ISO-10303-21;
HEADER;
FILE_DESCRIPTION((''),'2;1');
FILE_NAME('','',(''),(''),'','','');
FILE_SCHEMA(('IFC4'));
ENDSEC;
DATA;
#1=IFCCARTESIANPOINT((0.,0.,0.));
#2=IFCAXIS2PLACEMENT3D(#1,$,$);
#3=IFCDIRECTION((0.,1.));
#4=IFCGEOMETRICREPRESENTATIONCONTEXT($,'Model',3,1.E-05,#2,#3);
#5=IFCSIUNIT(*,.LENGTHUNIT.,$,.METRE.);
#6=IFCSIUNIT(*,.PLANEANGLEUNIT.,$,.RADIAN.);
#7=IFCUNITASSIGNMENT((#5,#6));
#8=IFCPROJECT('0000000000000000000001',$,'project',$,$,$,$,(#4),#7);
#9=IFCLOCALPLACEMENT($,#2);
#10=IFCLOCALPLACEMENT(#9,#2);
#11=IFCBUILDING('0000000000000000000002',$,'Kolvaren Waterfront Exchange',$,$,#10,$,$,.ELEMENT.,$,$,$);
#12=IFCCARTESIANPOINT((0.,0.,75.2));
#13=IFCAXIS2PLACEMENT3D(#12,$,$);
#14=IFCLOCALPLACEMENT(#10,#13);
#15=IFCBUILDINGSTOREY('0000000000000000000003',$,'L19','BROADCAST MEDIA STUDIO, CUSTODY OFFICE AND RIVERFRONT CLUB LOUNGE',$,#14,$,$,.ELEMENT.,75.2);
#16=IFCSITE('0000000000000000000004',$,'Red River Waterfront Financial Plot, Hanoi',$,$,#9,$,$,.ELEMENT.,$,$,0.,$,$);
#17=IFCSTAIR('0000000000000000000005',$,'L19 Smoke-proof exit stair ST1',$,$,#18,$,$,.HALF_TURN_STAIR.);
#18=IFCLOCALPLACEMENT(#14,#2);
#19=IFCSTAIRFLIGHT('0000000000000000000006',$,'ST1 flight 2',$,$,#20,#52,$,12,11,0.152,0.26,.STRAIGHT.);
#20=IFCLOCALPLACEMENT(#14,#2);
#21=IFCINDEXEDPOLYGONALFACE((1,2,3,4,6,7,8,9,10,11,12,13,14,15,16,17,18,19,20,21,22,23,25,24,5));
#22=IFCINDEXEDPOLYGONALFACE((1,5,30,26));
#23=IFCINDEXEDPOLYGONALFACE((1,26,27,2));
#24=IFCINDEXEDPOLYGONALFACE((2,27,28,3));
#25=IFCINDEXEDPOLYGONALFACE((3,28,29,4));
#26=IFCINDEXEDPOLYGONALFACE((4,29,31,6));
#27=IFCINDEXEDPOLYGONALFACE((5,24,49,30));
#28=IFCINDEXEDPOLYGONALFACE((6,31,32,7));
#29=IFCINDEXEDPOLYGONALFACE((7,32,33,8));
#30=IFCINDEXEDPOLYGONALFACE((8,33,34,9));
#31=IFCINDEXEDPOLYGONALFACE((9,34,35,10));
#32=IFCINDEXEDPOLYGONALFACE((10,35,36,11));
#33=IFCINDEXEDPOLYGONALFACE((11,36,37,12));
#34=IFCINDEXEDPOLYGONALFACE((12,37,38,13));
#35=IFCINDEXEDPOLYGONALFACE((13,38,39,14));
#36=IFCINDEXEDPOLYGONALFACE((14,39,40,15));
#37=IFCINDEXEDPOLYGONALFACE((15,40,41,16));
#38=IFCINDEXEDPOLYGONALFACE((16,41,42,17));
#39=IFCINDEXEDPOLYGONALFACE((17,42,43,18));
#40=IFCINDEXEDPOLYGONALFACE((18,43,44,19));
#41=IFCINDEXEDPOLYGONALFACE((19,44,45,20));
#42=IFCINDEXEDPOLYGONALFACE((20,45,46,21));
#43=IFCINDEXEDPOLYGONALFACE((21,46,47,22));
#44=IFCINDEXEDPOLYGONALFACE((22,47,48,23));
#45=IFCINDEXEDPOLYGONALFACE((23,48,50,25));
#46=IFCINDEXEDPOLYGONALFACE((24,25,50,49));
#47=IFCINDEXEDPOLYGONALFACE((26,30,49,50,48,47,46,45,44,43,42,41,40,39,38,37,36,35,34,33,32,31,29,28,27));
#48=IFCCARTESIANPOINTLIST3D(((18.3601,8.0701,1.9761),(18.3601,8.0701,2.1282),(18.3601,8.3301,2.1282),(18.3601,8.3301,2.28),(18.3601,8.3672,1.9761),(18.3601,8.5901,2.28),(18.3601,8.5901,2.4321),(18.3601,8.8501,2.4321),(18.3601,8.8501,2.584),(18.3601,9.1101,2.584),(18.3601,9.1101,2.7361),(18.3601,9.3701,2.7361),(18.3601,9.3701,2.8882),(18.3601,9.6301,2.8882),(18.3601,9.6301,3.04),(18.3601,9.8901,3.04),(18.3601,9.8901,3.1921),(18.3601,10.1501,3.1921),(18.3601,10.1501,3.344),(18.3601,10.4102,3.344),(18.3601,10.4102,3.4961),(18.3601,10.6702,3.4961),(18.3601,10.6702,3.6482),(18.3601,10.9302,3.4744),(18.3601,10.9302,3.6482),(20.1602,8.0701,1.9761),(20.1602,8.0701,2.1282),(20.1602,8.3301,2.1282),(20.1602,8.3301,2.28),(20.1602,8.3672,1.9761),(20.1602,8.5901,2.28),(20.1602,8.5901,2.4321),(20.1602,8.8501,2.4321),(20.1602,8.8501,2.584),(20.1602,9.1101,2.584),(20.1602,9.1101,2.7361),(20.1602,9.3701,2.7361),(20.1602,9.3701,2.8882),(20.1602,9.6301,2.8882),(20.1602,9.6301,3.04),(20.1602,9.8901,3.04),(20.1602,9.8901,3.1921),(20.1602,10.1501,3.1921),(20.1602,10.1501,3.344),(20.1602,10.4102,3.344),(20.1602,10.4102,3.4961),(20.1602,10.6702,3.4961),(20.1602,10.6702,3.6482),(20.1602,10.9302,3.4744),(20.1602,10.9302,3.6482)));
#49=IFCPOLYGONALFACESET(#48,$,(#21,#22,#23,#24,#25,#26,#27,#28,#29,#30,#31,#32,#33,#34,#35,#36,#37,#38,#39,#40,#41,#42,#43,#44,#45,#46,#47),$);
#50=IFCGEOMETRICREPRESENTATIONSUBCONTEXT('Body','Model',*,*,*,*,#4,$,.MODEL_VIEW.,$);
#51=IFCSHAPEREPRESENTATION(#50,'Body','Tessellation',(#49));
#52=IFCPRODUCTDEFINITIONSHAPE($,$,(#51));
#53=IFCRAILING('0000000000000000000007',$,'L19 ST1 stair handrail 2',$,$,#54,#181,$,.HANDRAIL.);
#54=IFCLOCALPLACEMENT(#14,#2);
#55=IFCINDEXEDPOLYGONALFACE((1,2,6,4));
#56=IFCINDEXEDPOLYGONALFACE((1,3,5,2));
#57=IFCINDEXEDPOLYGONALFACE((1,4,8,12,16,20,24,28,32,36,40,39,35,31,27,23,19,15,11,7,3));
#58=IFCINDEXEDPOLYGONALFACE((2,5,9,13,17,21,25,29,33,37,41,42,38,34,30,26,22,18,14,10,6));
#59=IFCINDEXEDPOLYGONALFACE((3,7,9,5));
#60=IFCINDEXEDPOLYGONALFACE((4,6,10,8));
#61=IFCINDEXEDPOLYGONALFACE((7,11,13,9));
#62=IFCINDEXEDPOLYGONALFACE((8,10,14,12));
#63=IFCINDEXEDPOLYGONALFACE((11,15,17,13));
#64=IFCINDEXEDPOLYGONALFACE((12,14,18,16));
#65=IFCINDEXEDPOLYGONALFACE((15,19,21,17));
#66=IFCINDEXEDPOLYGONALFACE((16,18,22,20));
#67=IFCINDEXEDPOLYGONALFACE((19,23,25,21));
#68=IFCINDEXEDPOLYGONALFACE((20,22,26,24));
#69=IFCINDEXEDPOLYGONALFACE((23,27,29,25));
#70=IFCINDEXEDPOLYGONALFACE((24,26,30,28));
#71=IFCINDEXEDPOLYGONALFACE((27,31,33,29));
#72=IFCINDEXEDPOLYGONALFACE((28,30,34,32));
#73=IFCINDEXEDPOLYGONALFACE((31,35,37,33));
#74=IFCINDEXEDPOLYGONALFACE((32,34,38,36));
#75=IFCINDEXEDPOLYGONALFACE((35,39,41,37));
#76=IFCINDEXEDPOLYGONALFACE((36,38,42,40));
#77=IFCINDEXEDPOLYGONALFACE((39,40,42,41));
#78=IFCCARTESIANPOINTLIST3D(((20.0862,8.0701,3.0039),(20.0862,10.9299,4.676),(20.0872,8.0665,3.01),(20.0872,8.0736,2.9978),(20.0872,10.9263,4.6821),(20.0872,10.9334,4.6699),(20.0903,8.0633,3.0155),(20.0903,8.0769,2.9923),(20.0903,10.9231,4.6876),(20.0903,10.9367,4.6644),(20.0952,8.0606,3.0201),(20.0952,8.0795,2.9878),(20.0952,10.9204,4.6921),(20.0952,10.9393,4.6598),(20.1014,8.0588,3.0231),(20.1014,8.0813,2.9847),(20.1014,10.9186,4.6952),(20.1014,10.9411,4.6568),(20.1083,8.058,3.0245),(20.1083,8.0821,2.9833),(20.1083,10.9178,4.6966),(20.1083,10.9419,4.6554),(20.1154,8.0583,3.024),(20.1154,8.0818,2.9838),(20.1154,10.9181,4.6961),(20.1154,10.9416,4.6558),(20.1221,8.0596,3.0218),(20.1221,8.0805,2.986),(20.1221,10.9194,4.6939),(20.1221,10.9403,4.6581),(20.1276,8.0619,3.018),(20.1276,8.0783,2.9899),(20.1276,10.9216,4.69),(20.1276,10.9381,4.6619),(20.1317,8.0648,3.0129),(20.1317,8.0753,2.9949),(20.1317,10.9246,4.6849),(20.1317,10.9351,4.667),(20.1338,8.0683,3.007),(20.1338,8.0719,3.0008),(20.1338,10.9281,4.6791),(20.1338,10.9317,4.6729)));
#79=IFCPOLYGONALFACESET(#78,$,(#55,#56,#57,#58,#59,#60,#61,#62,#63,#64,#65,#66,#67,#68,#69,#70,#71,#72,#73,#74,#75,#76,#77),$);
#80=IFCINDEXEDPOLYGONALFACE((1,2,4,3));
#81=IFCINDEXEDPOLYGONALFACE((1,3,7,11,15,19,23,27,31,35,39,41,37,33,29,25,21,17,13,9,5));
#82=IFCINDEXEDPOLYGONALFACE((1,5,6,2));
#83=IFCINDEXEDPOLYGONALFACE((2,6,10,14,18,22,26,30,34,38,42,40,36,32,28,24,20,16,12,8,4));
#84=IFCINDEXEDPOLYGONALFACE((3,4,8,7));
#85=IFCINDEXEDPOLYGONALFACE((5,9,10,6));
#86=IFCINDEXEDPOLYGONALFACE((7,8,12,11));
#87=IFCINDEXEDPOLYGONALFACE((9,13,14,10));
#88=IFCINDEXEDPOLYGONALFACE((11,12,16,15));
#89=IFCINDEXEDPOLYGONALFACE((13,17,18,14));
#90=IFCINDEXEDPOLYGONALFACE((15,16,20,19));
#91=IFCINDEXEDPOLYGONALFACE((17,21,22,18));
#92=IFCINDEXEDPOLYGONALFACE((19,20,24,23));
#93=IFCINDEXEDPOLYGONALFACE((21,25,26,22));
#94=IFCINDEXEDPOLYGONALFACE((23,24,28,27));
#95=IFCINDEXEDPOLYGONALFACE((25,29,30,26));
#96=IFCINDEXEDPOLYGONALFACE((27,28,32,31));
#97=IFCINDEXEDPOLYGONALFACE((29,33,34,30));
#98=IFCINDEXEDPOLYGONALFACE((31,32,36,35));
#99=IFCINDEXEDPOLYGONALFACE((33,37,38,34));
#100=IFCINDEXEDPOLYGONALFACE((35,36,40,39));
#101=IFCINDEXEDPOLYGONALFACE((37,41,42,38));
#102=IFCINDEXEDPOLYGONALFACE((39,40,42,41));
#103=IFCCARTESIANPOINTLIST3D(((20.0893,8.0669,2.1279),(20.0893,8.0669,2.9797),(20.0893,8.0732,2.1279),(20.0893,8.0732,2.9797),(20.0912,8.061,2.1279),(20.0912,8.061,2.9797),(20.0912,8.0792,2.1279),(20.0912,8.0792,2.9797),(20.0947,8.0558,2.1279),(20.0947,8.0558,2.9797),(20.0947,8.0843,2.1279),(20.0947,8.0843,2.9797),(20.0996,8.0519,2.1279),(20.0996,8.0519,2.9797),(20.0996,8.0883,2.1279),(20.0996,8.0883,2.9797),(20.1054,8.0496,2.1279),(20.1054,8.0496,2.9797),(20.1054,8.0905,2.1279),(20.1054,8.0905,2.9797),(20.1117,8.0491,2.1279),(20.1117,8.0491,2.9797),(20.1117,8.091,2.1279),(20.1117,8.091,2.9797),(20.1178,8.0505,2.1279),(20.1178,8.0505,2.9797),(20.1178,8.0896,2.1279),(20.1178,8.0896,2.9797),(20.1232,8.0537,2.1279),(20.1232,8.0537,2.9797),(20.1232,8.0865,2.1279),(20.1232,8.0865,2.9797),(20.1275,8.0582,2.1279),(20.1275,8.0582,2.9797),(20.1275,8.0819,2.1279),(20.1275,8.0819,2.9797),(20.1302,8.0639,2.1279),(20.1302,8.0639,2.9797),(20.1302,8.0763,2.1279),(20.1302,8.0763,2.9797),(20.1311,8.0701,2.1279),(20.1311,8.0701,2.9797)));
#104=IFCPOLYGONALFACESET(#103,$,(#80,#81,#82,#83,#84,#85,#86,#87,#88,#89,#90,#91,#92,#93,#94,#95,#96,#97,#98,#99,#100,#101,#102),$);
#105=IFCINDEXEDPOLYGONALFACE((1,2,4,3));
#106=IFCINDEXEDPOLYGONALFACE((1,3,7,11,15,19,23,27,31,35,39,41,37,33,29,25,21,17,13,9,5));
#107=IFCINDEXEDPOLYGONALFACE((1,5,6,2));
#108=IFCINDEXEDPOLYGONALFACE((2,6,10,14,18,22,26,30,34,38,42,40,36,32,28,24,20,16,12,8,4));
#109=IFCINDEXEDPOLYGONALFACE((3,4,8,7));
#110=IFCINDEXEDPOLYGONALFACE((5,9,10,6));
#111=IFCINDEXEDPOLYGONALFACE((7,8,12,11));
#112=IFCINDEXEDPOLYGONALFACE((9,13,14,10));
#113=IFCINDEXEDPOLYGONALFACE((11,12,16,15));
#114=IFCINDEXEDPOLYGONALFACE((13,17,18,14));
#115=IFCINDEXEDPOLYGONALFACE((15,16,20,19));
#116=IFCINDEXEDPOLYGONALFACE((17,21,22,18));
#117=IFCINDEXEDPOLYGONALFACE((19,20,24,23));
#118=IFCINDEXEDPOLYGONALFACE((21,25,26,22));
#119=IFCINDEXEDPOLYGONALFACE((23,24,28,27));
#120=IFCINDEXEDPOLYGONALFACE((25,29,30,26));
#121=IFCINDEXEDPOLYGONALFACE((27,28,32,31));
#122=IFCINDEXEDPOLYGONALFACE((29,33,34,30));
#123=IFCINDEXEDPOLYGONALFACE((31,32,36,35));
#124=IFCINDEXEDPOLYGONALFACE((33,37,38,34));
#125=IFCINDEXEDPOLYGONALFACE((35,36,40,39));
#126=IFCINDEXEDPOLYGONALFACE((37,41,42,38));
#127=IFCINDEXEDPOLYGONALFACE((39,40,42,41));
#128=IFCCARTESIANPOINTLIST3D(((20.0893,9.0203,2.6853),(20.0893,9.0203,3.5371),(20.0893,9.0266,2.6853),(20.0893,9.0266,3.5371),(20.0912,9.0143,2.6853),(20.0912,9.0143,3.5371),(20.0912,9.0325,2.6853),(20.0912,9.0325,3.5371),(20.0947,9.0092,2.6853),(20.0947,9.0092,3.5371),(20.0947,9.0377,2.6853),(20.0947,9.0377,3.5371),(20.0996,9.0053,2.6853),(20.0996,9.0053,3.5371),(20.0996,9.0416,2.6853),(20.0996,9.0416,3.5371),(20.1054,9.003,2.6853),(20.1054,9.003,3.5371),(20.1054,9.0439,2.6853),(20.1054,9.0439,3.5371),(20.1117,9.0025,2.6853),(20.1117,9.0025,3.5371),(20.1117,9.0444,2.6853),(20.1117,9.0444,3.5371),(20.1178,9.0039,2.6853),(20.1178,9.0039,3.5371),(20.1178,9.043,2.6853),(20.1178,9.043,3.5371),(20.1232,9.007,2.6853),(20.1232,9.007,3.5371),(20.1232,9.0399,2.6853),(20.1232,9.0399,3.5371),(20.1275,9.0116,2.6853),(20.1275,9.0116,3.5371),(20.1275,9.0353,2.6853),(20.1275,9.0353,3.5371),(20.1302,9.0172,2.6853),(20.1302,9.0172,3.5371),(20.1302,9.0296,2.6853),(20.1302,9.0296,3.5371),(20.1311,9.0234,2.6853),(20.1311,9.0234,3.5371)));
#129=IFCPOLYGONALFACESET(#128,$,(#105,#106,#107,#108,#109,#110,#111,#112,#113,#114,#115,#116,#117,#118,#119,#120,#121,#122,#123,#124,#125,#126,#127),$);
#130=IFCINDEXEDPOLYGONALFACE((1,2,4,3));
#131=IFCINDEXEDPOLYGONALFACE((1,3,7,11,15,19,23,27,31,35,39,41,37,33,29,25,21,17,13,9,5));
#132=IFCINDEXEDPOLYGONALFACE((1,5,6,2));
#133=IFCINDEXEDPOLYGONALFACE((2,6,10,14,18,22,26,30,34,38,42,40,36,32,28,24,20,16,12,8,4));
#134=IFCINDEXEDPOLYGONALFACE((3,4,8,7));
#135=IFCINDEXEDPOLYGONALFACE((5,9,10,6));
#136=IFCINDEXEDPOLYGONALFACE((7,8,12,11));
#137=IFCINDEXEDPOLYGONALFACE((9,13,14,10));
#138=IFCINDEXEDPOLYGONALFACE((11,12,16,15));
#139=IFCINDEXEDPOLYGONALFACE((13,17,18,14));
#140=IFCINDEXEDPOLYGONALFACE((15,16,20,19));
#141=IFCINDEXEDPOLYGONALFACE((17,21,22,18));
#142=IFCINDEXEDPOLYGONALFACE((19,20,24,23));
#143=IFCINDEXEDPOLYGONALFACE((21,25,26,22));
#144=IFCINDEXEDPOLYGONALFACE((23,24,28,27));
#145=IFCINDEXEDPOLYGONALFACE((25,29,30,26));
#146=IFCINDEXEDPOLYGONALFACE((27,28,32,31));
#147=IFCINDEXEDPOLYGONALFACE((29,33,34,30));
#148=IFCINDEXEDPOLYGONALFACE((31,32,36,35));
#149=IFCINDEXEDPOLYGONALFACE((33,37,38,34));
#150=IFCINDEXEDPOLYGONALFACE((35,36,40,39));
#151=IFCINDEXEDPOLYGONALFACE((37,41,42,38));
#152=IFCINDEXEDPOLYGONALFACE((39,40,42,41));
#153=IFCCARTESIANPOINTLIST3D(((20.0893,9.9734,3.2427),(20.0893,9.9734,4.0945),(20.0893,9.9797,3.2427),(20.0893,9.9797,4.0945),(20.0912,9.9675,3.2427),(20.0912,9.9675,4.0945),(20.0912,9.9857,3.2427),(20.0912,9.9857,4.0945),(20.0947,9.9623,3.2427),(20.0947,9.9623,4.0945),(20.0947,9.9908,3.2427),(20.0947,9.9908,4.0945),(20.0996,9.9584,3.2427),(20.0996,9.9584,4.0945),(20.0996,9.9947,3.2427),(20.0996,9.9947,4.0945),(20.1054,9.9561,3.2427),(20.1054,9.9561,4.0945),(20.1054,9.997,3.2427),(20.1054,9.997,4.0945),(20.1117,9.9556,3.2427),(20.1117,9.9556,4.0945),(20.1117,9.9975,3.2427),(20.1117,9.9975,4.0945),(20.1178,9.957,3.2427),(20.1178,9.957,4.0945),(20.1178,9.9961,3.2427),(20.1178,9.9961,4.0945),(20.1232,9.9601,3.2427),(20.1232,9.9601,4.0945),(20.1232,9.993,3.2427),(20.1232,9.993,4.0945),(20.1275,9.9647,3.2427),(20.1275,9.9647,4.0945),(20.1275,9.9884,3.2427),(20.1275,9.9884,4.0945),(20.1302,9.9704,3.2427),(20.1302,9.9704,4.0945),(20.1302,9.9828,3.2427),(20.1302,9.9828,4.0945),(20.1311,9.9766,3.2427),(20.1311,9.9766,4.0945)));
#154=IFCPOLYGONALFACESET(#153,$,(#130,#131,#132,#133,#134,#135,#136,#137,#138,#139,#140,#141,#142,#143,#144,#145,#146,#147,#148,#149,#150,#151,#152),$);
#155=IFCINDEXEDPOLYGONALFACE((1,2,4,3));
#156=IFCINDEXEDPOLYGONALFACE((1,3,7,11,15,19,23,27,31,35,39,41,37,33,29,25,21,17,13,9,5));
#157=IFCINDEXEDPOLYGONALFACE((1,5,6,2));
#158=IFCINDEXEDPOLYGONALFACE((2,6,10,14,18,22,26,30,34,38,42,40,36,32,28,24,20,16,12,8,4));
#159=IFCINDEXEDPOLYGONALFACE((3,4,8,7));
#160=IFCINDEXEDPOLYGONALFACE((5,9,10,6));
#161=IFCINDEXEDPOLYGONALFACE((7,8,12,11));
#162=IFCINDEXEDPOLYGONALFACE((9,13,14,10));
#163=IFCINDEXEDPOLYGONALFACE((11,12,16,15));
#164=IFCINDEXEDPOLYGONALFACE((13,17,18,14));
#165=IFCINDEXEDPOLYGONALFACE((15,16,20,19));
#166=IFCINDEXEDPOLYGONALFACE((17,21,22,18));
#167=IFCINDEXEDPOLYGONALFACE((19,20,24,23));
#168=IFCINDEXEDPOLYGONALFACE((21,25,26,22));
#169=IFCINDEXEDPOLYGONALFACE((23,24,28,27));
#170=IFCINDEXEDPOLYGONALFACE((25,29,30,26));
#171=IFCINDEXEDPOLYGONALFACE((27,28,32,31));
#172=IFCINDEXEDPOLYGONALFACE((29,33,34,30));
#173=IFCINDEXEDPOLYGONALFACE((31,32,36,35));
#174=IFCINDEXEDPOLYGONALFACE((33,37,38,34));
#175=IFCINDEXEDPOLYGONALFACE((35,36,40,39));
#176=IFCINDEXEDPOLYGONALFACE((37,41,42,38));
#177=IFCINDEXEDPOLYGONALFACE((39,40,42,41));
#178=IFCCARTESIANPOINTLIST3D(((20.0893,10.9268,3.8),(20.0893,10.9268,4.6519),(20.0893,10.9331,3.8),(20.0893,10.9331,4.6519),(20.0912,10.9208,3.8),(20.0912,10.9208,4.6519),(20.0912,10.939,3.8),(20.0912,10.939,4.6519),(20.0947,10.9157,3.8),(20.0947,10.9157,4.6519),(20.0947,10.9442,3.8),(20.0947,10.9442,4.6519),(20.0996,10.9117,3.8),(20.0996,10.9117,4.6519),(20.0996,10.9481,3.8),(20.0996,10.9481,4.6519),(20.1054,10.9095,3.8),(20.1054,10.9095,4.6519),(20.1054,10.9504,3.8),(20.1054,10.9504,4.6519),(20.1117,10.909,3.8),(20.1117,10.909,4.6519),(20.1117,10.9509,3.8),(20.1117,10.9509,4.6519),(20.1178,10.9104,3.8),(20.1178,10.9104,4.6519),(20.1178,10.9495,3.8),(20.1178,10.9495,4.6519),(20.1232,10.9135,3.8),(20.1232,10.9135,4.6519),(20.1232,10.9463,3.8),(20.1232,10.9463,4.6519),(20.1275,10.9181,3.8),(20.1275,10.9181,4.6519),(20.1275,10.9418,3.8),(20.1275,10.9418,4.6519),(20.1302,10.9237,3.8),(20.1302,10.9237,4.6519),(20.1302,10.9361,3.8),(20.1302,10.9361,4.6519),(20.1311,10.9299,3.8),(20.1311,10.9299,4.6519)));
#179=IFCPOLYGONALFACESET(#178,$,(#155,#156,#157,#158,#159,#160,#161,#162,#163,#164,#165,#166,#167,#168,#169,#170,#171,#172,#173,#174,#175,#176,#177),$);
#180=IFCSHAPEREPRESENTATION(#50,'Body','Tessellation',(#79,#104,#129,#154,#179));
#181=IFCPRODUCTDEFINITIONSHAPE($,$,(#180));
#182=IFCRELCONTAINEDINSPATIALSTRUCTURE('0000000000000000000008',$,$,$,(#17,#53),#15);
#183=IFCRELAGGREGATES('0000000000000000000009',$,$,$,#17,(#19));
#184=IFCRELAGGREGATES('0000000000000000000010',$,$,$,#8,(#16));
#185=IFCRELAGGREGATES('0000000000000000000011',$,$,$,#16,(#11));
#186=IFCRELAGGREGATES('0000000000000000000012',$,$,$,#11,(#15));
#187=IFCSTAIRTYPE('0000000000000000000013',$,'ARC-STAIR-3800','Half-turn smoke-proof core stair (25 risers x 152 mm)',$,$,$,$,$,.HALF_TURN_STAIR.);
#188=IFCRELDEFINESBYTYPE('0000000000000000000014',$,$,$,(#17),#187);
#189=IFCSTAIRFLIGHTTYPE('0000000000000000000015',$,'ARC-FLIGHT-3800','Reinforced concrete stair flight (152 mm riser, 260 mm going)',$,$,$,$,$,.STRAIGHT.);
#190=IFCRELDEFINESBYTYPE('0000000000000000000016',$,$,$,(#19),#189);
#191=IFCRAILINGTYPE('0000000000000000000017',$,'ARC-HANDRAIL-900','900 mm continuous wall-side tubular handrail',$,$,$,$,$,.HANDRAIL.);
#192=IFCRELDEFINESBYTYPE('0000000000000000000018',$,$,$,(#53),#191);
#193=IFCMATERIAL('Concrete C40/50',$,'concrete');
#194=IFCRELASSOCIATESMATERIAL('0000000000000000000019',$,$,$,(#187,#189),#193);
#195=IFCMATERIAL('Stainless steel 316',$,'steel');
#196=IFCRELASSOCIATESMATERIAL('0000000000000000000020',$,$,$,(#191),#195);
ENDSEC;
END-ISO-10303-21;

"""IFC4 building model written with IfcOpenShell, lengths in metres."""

from ifc_helpers import new_model, si_unit, direction, frame, origin, origin_2d, place, context, subcontext, project, spatial, polyline, circle, outline, extrude, material, type_object, element, aggregate, save


model = new_model("IFC4")

# Units and contexts
model_context = context("Model", 3, precision=1e-05, world=origin(), true_north=direction((0.0, 1.0)))
body_context = subcontext(model_context, "Body", "Model", "MODEL_VIEW")
ifc_project = project(units=[si_unit("LENGTHUNIT", "METRE"), si_unit("PLANEANGLEUNIT", "RADIAN")], contexts=[model_context])

# Site, building, storey
site_placement = place(None, origin())
site = spatial("IfcSite", under=ifc_project, at=site_placement, Name="Red River Waterfront Financial Plot, Hanoi", CompositionType="ELEMENT", RefElevation=0.0)
building_placement = place(site_placement, origin())
building = spatial("IfcBuilding", under=site, at=building_placement, Name="Kolvaren Waterfront Exchange", CompositionType="ELEMENT")
storey_placement = place(building_placement, frame((0.0, 0.0, 75.2)))
storey = spatial("IfcBuildingStorey", under=building, at=storey_placement, Name="L19", Description="BROADCAST MEDIA STUDIO, CUSTODY OFFICE AND RIVERFRONT CLUB LOUNGE", CompositionType="ELEMENT", Elevation=75.2)

# Shared definitions
ifc_material_1 = material(Name="Concrete C40/50", Category="concrete")

# Stair, stair flight
stair_type = type_object("IfcStairType", Name="ARC-STAIR-3800", Description="Half-turn smoke-proof core stair (25 risers x 152 mm)", PredefinedType="HALF_TURN_STAIR", material=ifc_material_1)
stair_placement = place(storey_placement, origin())
stair = element("IfcStair", 1, at=stair_placement, inside=storey, type_object=stair_type, Name="L19 Smoke-proof exit stair ST1", PredefinedType="HALF_TURN_STAIR")
stair_flight_type = type_object("IfcStairFlightType", Name="ARC-FLIGHT-3800", Description="Reinforced concrete stair flight (152 mm riser, 260 mm going)", PredefinedType="STRAIGHT", material=ifc_material_1)
stair_flight_placement = place(storey_placement, frame((19.26, 8.0701, 1.9761), z_axis=(0.0, 0.0, 1.0), x_axis=(0.0, 1.0, 0.0)))
stair_flight = element("IfcStairFlight", 2, at=stair_flight_placement, type_object=stair_flight_type, Name="ST1 flight 2", NumberOfRisers=12, NumberOfTreads=11, PredefinedType="STRAIGHT", RiserHeight=0.152, TreadLength=0.26, context=body_context, shape_type="SweptSolid", body=[
    extrude(outline(polyline([(0.0, 0.0), (0.0, 0.1521), (0.26, 0.1521), (0.26, 0.304), (0.52, 0.304), (0.52, 0.4561), (0.78, 0.4561), (0.78, 0.6079), (1.04, 0.6079), (1.04, 0.76), (1.3, 0.76), (1.3, 0.9121), (1.5601, 0.9121), (1.5601, 1.064), (1.8201, 1.064), (1.8201, 1.2161), (2.0801, 1.2161), (2.0801, 1.3679), (2.3401, 1.3679), (2.3401, 1.52), (2.6001, 1.52), (2.6001, 1.6721), (2.8601, 1.6721), (2.8601, 1.824), (2.8601, 1.4983), (0.2971, 0.0), (0.0, 0.0)])), frame((0.0, 0.8999, 0.0), z_axis=(0.0, -1.0, 0.0), x_axis=(1.0, 0.0, 0.0)), (0.0, 0.0, 1.0), 1.8),
])
aggregate(stair, [stair_flight])

# Railing
ifc_material_2 = material(Name="Stainless steel 316", Category="steel")
railing_type = type_object("IfcRailingType", Name="ARC-HANDRAIL-900", Description="900 mm continuous wall-side tubular handrail", PredefinedType="HANDRAIL", material=ifc_material_2)
railing_placement = place(storey_placement, frame((20.1101, 8.0701, 2.1279)))
element("IfcRailing", 3, at=railing_placement, inside=storey, type_object=railing_type, Name="L19 ST1 stair handrail 2", PredefinedType="HANDRAIL", context=body_context, shape_type="SweptSolid", body=[
    extrude(circle(Radius=0.0239, at=origin_2d()), frame((0.0, 0.0, 0.876), z_axis=(0.0, 0.863271, 0.504741), x_axis=(-1.0, 0.0, 0.0)), (0.0, 0.0, 1.0), 3.3127),
    extrude(circle(Radius=0.021, at=origin_2d()), origin(), (0.0, 0.0, 1.0), 0.8518),
    extrude(circle(Radius=0.021, at=origin_2d()), frame((0.0, 0.9534, 0.5574)), (0.0, 0.0, 1.0), 0.8518),
    extrude(circle(Radius=0.021, at=origin_2d()), frame((0.0, 1.9065, 1.1147)), (0.0, 0.0, 1.0), 0.8518),
    extrude(circle(Radius=0.021, at=origin_2d()), frame((0.0, 2.8599, 1.6721)), (0.0, 0.0, 1.0), 0.8518),
])

save(model, "model.ifc")
